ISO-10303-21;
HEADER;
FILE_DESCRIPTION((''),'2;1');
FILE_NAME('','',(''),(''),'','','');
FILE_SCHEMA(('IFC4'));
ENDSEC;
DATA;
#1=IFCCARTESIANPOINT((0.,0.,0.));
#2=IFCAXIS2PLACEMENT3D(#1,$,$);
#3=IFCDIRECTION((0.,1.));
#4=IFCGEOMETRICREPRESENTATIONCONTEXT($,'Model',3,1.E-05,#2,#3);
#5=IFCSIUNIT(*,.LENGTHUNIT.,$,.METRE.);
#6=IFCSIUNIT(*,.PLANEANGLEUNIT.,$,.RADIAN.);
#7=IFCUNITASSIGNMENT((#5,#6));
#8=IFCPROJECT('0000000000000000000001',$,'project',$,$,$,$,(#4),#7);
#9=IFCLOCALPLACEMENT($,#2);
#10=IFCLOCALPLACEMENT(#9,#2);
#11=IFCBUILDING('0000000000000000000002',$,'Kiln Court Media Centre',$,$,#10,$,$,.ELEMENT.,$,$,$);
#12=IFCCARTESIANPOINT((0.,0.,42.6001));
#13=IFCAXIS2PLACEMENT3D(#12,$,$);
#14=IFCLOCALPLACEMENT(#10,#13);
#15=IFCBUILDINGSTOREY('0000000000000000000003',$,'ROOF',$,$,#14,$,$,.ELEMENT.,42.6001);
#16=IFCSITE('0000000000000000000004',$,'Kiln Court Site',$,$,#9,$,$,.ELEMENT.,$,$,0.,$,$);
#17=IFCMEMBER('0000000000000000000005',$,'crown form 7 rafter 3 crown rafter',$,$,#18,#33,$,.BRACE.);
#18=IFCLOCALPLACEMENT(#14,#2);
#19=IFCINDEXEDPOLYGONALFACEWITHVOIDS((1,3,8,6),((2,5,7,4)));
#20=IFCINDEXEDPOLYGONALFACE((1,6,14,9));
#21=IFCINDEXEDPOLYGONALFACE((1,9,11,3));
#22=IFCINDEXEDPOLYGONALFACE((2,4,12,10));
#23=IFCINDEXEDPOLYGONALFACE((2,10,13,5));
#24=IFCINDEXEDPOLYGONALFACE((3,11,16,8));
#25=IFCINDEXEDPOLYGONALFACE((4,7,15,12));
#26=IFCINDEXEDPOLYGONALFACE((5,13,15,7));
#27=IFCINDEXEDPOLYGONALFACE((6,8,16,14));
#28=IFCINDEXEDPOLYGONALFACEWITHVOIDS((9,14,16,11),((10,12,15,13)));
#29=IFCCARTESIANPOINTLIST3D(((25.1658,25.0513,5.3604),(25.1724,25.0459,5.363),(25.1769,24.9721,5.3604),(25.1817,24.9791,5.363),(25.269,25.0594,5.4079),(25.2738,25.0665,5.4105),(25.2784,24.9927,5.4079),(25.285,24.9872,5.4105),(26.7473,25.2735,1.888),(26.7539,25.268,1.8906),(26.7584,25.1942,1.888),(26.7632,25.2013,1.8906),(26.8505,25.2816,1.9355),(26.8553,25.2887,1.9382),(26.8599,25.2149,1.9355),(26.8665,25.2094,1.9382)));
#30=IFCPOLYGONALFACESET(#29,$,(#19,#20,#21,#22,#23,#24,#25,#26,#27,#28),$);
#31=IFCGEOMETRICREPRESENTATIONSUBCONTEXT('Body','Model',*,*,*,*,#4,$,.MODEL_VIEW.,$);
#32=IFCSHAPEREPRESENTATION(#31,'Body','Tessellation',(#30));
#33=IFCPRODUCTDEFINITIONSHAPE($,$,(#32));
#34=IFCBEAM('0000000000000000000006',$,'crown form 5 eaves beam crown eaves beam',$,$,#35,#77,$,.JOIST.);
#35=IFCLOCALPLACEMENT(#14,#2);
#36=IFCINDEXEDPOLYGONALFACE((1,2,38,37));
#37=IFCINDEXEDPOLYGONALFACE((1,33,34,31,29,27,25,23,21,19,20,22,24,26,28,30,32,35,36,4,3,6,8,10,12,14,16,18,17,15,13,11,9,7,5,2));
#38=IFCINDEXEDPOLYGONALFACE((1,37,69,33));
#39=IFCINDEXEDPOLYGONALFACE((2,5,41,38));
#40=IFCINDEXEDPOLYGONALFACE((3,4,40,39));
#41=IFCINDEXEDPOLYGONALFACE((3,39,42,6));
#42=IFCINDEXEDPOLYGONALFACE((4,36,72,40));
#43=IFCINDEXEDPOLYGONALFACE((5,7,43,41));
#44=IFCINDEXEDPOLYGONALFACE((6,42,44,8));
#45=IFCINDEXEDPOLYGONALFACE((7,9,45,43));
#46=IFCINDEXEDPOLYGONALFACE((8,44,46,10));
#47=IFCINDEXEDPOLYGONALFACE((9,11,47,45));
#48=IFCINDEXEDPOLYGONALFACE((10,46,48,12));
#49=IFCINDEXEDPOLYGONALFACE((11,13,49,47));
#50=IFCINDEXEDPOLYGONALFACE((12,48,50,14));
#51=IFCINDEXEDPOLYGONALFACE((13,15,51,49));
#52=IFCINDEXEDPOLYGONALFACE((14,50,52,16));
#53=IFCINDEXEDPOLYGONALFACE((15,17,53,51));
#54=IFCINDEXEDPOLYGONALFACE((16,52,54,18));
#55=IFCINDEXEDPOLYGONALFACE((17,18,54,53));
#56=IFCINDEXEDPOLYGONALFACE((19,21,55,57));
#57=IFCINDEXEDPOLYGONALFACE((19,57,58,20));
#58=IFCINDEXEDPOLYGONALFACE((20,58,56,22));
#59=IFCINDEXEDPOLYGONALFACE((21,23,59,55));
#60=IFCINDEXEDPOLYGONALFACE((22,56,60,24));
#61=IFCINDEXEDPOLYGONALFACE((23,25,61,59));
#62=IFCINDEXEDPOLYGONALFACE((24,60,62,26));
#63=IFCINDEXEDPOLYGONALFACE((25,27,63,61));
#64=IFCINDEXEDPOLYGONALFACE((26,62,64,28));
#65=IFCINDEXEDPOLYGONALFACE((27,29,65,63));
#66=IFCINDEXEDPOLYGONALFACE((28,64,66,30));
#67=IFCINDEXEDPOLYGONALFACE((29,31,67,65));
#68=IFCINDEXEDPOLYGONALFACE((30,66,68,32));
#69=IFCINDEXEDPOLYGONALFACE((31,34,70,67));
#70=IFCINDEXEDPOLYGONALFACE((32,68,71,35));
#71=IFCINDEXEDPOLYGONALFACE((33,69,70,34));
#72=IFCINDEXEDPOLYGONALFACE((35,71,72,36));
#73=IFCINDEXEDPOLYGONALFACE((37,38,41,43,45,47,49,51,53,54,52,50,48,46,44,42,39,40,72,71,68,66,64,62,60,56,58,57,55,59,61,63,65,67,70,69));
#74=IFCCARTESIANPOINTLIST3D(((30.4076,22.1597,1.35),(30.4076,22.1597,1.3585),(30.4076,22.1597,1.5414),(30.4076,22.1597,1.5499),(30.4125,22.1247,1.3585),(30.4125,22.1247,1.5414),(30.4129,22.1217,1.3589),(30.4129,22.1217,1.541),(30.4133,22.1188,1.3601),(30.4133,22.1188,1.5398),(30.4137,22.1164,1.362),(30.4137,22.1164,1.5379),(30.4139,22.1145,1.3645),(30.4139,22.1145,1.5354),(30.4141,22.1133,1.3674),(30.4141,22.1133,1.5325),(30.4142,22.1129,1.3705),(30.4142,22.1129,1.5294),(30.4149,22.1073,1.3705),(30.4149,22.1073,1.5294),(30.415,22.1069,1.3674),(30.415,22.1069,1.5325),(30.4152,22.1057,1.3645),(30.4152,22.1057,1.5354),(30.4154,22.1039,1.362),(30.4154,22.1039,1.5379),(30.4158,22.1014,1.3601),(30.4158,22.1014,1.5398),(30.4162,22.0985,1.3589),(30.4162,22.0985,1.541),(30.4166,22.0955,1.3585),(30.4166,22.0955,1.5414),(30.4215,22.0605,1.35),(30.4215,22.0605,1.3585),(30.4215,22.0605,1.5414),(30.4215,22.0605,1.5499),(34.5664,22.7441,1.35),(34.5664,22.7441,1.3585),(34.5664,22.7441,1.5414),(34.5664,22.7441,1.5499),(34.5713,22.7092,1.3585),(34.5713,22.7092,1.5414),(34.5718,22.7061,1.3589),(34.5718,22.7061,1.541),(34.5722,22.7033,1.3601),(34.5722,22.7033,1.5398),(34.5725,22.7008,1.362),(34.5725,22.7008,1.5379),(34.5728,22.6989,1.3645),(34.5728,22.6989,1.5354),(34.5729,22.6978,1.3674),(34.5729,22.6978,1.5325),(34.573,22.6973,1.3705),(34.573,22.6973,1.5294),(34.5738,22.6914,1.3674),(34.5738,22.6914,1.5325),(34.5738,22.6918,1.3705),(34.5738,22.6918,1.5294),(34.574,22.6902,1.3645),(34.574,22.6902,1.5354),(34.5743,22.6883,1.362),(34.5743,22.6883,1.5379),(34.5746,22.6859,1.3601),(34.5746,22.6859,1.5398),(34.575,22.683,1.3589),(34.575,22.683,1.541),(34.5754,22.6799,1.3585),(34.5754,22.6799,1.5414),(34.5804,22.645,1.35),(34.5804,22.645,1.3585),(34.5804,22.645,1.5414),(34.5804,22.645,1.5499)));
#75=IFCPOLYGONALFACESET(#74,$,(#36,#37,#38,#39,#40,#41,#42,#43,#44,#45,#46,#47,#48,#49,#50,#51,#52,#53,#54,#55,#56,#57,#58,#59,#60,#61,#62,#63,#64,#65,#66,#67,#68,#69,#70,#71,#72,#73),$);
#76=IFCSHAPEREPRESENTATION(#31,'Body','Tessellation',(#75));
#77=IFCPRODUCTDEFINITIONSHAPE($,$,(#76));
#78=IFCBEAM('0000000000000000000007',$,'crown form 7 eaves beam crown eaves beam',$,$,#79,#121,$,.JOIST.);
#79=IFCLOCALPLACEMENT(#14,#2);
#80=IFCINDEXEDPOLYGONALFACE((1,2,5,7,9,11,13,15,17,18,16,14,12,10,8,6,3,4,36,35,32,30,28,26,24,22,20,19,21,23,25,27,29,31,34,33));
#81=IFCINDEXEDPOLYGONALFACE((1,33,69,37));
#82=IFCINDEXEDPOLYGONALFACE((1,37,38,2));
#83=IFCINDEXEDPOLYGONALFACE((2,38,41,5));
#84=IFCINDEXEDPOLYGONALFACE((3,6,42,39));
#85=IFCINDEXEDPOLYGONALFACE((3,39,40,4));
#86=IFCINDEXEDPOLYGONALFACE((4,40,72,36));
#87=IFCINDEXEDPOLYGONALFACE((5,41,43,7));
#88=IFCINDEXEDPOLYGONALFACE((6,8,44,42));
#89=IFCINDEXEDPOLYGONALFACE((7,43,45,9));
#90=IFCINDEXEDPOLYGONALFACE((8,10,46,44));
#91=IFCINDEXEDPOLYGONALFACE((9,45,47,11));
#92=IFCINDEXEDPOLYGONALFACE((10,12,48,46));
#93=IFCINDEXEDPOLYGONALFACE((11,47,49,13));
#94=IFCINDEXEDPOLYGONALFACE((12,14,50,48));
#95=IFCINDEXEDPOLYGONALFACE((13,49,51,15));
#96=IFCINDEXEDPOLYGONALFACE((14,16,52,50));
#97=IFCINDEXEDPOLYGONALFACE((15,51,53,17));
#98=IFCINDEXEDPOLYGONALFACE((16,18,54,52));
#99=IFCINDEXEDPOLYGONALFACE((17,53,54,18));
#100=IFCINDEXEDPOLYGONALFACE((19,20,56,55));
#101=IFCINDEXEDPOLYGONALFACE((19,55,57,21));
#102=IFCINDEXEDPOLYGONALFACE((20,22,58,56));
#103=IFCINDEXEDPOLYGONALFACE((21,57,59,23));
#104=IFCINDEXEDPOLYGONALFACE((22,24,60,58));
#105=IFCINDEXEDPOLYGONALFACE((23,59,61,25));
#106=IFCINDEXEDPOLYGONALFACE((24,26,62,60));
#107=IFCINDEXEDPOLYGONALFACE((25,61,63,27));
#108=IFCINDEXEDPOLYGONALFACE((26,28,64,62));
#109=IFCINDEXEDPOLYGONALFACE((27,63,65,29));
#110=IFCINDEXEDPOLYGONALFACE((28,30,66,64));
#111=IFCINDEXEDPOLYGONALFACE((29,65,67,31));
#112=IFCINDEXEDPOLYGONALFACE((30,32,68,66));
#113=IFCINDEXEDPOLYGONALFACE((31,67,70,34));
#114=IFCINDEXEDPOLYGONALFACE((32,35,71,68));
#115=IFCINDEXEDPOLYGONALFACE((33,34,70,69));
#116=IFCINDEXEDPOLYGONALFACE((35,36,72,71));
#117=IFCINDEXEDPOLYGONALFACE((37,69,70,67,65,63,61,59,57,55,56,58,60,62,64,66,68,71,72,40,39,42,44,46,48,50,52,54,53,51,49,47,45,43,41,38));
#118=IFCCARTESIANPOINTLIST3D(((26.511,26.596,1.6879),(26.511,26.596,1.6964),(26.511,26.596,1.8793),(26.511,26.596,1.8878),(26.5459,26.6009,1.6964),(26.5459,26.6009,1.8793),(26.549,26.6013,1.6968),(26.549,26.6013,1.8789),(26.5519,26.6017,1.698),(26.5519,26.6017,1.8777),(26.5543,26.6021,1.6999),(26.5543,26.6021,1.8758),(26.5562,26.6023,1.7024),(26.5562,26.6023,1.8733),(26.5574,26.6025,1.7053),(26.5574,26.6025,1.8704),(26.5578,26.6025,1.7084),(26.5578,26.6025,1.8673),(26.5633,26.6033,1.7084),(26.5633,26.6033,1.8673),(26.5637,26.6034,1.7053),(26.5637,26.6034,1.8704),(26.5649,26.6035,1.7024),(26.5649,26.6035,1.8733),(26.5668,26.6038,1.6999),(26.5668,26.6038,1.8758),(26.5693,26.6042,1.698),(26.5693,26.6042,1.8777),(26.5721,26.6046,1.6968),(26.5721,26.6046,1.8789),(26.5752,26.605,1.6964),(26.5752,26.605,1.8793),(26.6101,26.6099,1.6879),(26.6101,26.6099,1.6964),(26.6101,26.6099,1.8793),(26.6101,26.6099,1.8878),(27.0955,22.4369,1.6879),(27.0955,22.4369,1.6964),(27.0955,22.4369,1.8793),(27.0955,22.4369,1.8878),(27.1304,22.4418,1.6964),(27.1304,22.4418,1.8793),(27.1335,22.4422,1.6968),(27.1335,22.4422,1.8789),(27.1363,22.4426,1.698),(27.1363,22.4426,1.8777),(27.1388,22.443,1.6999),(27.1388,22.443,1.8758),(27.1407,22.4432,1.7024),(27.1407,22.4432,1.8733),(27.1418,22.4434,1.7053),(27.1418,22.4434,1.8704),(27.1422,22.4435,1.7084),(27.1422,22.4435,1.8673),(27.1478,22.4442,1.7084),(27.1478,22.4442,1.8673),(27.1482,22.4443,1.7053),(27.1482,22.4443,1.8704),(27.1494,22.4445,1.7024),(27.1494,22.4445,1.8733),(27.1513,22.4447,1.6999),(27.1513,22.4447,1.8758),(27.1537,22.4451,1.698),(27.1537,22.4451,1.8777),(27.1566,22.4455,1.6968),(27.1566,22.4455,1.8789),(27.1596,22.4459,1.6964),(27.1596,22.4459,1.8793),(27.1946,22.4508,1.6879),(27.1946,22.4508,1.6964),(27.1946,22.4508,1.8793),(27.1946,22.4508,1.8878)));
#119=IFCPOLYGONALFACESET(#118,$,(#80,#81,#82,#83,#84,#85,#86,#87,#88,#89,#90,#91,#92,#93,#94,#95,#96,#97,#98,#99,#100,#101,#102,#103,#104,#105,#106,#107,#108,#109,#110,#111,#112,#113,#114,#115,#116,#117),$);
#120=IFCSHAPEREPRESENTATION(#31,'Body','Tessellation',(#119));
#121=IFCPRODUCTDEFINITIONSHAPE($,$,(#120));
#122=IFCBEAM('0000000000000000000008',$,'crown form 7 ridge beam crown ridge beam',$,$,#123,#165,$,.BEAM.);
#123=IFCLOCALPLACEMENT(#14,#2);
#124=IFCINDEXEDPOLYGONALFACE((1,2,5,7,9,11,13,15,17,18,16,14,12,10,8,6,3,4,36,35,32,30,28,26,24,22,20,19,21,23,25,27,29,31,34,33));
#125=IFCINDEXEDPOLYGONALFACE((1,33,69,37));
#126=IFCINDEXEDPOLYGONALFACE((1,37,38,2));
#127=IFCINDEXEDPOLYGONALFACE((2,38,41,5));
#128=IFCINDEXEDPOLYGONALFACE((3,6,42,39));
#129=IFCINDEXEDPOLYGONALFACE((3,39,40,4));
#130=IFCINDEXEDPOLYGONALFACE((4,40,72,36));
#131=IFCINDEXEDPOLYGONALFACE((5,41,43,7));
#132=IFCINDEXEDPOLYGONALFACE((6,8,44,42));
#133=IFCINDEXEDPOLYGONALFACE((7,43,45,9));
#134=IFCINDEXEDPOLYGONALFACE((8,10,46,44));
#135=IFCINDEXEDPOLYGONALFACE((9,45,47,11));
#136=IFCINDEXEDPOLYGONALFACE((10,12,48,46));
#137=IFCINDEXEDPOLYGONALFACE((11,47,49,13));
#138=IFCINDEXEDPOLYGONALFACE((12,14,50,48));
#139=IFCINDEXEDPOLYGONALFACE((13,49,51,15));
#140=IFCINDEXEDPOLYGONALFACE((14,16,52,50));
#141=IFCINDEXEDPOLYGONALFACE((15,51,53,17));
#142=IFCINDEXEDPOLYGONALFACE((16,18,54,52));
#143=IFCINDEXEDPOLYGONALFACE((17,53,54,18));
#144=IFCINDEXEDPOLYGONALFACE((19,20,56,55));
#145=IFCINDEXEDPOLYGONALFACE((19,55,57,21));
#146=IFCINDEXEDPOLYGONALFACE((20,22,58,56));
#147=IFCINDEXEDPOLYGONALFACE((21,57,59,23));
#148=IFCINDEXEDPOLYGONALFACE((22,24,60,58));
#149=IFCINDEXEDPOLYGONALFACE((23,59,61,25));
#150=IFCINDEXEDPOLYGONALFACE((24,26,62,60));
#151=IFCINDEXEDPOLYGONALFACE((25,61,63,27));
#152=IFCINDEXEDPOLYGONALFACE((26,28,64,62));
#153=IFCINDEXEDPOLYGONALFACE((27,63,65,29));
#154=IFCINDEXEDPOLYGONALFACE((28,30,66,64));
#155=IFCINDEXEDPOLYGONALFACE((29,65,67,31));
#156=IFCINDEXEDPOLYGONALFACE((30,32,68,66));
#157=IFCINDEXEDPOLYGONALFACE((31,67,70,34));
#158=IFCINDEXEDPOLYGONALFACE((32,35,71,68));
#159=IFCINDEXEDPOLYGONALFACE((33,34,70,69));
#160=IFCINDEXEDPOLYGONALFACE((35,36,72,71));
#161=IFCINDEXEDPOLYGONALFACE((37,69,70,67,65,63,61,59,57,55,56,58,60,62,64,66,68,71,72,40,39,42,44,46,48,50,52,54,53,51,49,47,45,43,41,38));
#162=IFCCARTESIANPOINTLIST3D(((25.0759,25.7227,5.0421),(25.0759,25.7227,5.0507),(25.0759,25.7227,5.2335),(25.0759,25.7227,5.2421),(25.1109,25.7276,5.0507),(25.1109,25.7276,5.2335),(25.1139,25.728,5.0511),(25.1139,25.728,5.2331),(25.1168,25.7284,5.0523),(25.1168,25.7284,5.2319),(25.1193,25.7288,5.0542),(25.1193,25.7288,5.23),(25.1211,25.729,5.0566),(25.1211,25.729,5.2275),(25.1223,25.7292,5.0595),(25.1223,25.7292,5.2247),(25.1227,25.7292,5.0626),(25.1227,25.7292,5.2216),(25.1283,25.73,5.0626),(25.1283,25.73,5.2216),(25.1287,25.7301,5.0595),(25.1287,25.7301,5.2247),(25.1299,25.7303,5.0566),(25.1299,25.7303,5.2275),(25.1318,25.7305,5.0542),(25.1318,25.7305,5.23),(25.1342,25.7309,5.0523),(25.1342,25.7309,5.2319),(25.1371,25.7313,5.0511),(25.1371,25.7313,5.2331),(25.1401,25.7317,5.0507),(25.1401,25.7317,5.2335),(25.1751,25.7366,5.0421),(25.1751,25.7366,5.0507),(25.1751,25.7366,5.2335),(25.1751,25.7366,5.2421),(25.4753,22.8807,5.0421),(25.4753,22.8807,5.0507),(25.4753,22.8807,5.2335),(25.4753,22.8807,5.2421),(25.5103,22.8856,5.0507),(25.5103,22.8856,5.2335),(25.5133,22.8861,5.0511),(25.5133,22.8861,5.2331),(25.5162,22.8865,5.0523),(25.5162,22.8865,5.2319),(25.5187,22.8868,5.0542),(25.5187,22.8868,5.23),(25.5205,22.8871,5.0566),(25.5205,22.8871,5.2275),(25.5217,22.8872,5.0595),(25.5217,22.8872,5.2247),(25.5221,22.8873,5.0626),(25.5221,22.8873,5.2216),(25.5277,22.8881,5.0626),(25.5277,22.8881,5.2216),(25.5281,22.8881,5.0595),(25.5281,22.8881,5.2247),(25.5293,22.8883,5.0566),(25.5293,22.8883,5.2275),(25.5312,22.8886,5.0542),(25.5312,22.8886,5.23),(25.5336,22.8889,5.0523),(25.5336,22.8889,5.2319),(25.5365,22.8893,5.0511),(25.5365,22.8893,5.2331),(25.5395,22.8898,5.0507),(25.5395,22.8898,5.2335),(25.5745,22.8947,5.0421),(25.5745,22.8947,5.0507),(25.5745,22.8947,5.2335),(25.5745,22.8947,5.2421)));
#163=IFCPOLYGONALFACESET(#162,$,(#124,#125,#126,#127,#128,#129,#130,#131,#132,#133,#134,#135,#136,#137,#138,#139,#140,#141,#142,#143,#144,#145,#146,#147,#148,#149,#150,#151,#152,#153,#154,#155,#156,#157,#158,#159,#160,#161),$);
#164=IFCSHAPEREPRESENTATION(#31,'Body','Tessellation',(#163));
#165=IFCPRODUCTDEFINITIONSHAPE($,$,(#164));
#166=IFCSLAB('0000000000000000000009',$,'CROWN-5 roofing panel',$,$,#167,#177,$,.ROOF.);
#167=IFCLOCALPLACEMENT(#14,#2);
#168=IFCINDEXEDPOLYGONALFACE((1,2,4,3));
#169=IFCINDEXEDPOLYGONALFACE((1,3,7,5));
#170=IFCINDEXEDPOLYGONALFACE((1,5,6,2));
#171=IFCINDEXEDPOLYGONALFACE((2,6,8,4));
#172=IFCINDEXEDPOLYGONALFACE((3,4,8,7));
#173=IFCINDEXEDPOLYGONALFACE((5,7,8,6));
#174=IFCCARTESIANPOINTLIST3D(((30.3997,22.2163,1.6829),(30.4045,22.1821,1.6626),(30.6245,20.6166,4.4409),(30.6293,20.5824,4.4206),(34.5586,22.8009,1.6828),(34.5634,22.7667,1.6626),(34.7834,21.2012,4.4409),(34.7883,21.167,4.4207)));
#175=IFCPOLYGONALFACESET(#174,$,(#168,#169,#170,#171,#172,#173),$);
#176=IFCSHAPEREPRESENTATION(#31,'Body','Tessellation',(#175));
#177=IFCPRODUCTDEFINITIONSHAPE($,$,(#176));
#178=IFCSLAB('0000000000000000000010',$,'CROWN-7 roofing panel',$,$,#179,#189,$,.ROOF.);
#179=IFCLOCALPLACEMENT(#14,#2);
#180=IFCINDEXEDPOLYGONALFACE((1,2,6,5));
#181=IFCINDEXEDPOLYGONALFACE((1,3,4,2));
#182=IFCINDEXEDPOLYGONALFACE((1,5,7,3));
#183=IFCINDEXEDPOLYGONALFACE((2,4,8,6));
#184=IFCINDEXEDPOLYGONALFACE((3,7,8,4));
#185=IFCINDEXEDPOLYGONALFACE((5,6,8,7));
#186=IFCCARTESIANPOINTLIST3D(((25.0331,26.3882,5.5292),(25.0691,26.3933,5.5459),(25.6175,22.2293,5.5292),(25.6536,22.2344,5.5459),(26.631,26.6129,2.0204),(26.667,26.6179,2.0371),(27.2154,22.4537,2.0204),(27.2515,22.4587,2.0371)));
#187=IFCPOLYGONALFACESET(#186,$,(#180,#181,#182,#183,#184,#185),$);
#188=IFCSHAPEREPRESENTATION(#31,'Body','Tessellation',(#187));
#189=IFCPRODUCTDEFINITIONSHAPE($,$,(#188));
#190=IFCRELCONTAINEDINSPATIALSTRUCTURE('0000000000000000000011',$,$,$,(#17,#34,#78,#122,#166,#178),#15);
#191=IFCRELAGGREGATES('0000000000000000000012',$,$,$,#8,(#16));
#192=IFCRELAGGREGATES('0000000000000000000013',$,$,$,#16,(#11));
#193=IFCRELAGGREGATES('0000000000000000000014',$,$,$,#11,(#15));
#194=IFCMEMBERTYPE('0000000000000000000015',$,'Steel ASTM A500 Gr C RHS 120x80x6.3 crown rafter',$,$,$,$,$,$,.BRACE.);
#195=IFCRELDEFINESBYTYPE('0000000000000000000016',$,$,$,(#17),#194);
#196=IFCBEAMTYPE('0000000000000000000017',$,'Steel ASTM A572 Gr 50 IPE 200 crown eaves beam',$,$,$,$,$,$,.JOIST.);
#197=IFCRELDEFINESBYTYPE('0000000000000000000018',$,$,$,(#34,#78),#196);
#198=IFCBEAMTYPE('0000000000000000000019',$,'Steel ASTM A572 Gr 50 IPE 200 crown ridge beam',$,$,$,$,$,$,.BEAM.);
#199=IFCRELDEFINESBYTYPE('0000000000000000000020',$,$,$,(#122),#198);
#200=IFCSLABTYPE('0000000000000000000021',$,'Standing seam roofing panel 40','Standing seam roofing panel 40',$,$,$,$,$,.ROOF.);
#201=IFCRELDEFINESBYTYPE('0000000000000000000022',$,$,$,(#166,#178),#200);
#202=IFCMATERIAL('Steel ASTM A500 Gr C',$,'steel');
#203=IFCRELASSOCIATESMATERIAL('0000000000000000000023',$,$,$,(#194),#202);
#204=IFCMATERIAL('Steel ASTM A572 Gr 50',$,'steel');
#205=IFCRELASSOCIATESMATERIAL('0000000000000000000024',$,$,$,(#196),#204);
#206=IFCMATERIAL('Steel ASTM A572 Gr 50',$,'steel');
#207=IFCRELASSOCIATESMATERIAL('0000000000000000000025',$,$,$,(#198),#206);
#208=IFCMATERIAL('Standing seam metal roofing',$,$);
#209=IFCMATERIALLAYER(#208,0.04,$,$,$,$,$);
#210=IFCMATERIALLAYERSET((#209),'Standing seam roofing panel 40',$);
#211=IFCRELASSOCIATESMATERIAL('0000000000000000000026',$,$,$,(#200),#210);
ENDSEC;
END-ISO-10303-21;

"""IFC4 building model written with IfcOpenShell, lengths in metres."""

from ifc_helpers import new_model, si_unit, direction, frame, origin, origin_2d, place, context, subcontext, project, spatial, polyline, hollow_rectangle, i_section, outline, extrude, material, layer, layer_set, material_profile, profile_set, type_object, element, save


model = new_model("IFC4")

# Units and contexts
model_context = context("Model", 3, precision=1e-05, world=origin(), true_north=direction((0.0, 1.0)))
body_context = subcontext(model_context, "Body", "Model", "MODEL_VIEW")
ifc_project = project(units=[si_unit("LENGTHUNIT", "METRE"), si_unit("PLANEANGLEUNIT", "RADIAN")], contexts=[model_context])

# Site, building, storey
site_placement = place(None, origin())
site = spatial("IfcSite", under=ifc_project, at=site_placement, Name="Kiln Court Site", CompositionType="ELEMENT", RefElevation=0.0)
building_placement = place(site_placement, origin())
building = spatial("IfcBuilding", under=site, at=building_placement, Name="Kiln Court Media Centre", CompositionType="ELEMENT")
storey_placement = place(building_placement, frame((0.0, 0.0, 42.6001)))
storey = spatial("IfcBuildingStorey", under=building, at=storey_placement, Name="ROOF", CompositionType="ELEMENT", Elevation=42.6001)

# Member
ifc_material_1 = material(Name="Steel ASTM A500 Gr C", Category="steel")
ifc_material_profile_1 = material_profile(ifc_material_1, hollow_rectangle(XDim=0.0801, YDim=0.1201, WallThickness=0.0063, at=origin_2d()), Name="RHS 120x80x6.3")
ifc_profile_set_1 = profile_set([ifc_material_profile_1], Name="Steel ASTM A500 Gr C")
member_type = type_object("IfcMemberType", Name="Steel ASTM A500 Gr C RHS 120x80x6.3 crown rafter", PredefinedType="BRACE", material=ifc_profile_set_1)
for number, where, z_axis, x_axis, name in (
    (1, (26.8069, 25.2415, 1.9131), (-0.413791, -0.058128, 0.908514), (0.13911, -0.990277, 0.0), "crown form 7 rafter 3 crown rafter"),
):
    element("IfcMember", number, at=place(storey_placement, frame(where, z_axis=z_axis, x_axis=x_axis)), inside=storey, type_object=member_type, Name=name, PredefinedType="BRACE", context=body_context, shape_type="SweptSolid", body=[
        extrude(hollow_rectangle(XDim=0.0801, YDim=0.1201, WallThickness=0.0063, at=origin_2d()), origin(), (0.0, 0.0, 1.0), 3.822),
    ])

# Beams
ifc_material_2 = material(Name="Steel ASTM A572 Gr 50", Category="steel")
ifc_material_profile_2 = material_profile(ifc_material_2, i_section(OverallWidth=0.1001, OverallDepth=0.2, WebThickness=0.0056, FlangeThickness=0.0085, FilletRadius=0.012, at=origin_2d()), Name="IPE 200")
ifc_profile_set_2 = profile_set([ifc_material_profile_2], Name="Steel ASTM A572 Gr 50")
beam_type_1 = type_object("IfcBeamType", Name="Steel ASTM A572 Gr 50 IPE 200 crown eaves beam", PredefinedType="JOIST", material=ifc_profile_set_2)
beam_1_placement = place(storey_placement, frame((30.4146, 22.1101, 1.45), z_axis=(0.990269, 0.139167, 0.0), x_axis=(-0.139167, 0.990269, 0.0)))
element("IfcBeam", 2, at=beam_1_placement, inside=storey, type_object=beam_type_1, Name="crown form 5 eaves beam crown eaves beam", PredefinedType="JOIST", context=body_context, shape_type="SweptSolid", body=[
    extrude(i_section(OverallWidth=0.1001, OverallDepth=0.2, WebThickness=0.0056, FlangeThickness=0.0085, FilletRadius=0.012, at=origin_2d()), origin(), (0.0, 0.0, 1.0), 4.1997),
])
beam_2_placement = place(storey_placement, frame((27.145, 22.4438, 1.7878), z_axis=(-0.139159, 0.99027, 0.0), x_axis=(-0.99027, -0.139159, 0.0)))
element("IfcBeam", 3, at=beam_2_placement, inside=storey, type_object=beam_type_1, Name="crown form 7 eaves beam crown eaves beam", PredefinedType="JOIST", context=body_context, shape_type="SweptSolid", body=[
    extrude(i_section(OverallWidth=0.1001, OverallDepth=0.2, WebThickness=0.0056, FlangeThickness=0.0085, FilletRadius=0.012, at=origin_2d()), origin(), (0.0, 0.0, 1.0), 4.2),
])
ifc_material_3 = material(Name="Steel ASTM A572 Gr 50", Category="steel")
ifc_material_profile_3 = material_profile(ifc_material_3, i_section(OverallWidth=0.1001, OverallDepth=0.2, WebThickness=0.0056, FlangeThickness=0.0085, FilletRadius=0.012, at=origin_2d()), Name="IPE 200")
ifc_profile_set_3 = profile_set([ifc_material_profile_3], Name="Steel ASTM A572 Gr 50")
beam_type_2 = type_object("IfcBeamType", Name="Steel ASTM A572 Gr 50 IPE 200 crown ridge beam", PredefinedType="BEAM", material=ifc_profile_set_3)
beam_3_placement = place(storey_placement, frame((25.5249, 22.8877, 5.1421), z_axis=(-0.13917, 0.990268, 0.0), x_axis=(-0.990268, -0.13917, 0.0)))
element("IfcBeam", 4, at=beam_3_placement, inside=storey, type_object=beam_type_2, Name="crown form 7 ridge beam crown ridge beam", PredefinedType="BEAM", context=body_context, shape_type="SweptSolid", body=[
    extrude(i_section(OverallWidth=0.1001, OverallDepth=0.2, WebThickness=0.0056, FlangeThickness=0.0085, FilletRadius=0.012, at=origin_2d()), origin(), (0.0, 0.0, 1.0), 2.8699),
])

# Slabs
ifc_material_4 = material(Name="Standing seam metal roofing")
ifc_layer_1 = layer(ifc_material_4, 0.04)
ifc_layer_set_1 = layer_set([ifc_layer_1], Name="Standing seam roofing panel 40")
slab_type = type_object("IfcSlabType", Name="Standing seam roofing panel 40", Description="Standing seam roofing panel 40", PredefinedType="ROOF", material=ifc_layer_set_1)
slab_1_placement = place(storey_placement, frame((30.3997, 22.2163, 1.6829), z_axis=(-0.120109, 0.85448, 0.505409), x_axis=(0.990264, 0.139202, -0.000013)))
element("IfcSlab", 5, at=slab_1_placement, inside=storey, type_object=slab_type, Name="CROWN-5 roofing panel", PredefinedType="ROOF", context=body_context, shape_type="SweptSolid", body=[
    extrude(outline(polyline([(0.0, 0.0), (4.1998, 0.0), (4.1998, -3.1964), (0.0, -3.1963), (0.0, 0.0)])), origin(), (0.0, 0.0, -1.0), 0.04),
])
slab_2_placement = place(storey_placement, frame((27.2515, 22.4587, 2.0371), z_axis=(0.899694, 0.126434, 0.417809), x_axis=(-0.139162, 0.99027, -0.000002)))
element("IfcSlab", 6, at=slab_2_placement, inside=storey, type_object=slab_type, Name="CROWN-7 roofing panel", PredefinedType="ROOF", context=body_context, shape_type="SweptSolid", body=[
    extrude(outline(polyline([(0.0, 0.0), (4.2, 0.0), (4.2, 3.862), (0.0002, 3.862), (0.0, 0.0)])), origin(), (0.0, 0.0, -1.0), 0.04),
])

save(model, "model.ifc")
